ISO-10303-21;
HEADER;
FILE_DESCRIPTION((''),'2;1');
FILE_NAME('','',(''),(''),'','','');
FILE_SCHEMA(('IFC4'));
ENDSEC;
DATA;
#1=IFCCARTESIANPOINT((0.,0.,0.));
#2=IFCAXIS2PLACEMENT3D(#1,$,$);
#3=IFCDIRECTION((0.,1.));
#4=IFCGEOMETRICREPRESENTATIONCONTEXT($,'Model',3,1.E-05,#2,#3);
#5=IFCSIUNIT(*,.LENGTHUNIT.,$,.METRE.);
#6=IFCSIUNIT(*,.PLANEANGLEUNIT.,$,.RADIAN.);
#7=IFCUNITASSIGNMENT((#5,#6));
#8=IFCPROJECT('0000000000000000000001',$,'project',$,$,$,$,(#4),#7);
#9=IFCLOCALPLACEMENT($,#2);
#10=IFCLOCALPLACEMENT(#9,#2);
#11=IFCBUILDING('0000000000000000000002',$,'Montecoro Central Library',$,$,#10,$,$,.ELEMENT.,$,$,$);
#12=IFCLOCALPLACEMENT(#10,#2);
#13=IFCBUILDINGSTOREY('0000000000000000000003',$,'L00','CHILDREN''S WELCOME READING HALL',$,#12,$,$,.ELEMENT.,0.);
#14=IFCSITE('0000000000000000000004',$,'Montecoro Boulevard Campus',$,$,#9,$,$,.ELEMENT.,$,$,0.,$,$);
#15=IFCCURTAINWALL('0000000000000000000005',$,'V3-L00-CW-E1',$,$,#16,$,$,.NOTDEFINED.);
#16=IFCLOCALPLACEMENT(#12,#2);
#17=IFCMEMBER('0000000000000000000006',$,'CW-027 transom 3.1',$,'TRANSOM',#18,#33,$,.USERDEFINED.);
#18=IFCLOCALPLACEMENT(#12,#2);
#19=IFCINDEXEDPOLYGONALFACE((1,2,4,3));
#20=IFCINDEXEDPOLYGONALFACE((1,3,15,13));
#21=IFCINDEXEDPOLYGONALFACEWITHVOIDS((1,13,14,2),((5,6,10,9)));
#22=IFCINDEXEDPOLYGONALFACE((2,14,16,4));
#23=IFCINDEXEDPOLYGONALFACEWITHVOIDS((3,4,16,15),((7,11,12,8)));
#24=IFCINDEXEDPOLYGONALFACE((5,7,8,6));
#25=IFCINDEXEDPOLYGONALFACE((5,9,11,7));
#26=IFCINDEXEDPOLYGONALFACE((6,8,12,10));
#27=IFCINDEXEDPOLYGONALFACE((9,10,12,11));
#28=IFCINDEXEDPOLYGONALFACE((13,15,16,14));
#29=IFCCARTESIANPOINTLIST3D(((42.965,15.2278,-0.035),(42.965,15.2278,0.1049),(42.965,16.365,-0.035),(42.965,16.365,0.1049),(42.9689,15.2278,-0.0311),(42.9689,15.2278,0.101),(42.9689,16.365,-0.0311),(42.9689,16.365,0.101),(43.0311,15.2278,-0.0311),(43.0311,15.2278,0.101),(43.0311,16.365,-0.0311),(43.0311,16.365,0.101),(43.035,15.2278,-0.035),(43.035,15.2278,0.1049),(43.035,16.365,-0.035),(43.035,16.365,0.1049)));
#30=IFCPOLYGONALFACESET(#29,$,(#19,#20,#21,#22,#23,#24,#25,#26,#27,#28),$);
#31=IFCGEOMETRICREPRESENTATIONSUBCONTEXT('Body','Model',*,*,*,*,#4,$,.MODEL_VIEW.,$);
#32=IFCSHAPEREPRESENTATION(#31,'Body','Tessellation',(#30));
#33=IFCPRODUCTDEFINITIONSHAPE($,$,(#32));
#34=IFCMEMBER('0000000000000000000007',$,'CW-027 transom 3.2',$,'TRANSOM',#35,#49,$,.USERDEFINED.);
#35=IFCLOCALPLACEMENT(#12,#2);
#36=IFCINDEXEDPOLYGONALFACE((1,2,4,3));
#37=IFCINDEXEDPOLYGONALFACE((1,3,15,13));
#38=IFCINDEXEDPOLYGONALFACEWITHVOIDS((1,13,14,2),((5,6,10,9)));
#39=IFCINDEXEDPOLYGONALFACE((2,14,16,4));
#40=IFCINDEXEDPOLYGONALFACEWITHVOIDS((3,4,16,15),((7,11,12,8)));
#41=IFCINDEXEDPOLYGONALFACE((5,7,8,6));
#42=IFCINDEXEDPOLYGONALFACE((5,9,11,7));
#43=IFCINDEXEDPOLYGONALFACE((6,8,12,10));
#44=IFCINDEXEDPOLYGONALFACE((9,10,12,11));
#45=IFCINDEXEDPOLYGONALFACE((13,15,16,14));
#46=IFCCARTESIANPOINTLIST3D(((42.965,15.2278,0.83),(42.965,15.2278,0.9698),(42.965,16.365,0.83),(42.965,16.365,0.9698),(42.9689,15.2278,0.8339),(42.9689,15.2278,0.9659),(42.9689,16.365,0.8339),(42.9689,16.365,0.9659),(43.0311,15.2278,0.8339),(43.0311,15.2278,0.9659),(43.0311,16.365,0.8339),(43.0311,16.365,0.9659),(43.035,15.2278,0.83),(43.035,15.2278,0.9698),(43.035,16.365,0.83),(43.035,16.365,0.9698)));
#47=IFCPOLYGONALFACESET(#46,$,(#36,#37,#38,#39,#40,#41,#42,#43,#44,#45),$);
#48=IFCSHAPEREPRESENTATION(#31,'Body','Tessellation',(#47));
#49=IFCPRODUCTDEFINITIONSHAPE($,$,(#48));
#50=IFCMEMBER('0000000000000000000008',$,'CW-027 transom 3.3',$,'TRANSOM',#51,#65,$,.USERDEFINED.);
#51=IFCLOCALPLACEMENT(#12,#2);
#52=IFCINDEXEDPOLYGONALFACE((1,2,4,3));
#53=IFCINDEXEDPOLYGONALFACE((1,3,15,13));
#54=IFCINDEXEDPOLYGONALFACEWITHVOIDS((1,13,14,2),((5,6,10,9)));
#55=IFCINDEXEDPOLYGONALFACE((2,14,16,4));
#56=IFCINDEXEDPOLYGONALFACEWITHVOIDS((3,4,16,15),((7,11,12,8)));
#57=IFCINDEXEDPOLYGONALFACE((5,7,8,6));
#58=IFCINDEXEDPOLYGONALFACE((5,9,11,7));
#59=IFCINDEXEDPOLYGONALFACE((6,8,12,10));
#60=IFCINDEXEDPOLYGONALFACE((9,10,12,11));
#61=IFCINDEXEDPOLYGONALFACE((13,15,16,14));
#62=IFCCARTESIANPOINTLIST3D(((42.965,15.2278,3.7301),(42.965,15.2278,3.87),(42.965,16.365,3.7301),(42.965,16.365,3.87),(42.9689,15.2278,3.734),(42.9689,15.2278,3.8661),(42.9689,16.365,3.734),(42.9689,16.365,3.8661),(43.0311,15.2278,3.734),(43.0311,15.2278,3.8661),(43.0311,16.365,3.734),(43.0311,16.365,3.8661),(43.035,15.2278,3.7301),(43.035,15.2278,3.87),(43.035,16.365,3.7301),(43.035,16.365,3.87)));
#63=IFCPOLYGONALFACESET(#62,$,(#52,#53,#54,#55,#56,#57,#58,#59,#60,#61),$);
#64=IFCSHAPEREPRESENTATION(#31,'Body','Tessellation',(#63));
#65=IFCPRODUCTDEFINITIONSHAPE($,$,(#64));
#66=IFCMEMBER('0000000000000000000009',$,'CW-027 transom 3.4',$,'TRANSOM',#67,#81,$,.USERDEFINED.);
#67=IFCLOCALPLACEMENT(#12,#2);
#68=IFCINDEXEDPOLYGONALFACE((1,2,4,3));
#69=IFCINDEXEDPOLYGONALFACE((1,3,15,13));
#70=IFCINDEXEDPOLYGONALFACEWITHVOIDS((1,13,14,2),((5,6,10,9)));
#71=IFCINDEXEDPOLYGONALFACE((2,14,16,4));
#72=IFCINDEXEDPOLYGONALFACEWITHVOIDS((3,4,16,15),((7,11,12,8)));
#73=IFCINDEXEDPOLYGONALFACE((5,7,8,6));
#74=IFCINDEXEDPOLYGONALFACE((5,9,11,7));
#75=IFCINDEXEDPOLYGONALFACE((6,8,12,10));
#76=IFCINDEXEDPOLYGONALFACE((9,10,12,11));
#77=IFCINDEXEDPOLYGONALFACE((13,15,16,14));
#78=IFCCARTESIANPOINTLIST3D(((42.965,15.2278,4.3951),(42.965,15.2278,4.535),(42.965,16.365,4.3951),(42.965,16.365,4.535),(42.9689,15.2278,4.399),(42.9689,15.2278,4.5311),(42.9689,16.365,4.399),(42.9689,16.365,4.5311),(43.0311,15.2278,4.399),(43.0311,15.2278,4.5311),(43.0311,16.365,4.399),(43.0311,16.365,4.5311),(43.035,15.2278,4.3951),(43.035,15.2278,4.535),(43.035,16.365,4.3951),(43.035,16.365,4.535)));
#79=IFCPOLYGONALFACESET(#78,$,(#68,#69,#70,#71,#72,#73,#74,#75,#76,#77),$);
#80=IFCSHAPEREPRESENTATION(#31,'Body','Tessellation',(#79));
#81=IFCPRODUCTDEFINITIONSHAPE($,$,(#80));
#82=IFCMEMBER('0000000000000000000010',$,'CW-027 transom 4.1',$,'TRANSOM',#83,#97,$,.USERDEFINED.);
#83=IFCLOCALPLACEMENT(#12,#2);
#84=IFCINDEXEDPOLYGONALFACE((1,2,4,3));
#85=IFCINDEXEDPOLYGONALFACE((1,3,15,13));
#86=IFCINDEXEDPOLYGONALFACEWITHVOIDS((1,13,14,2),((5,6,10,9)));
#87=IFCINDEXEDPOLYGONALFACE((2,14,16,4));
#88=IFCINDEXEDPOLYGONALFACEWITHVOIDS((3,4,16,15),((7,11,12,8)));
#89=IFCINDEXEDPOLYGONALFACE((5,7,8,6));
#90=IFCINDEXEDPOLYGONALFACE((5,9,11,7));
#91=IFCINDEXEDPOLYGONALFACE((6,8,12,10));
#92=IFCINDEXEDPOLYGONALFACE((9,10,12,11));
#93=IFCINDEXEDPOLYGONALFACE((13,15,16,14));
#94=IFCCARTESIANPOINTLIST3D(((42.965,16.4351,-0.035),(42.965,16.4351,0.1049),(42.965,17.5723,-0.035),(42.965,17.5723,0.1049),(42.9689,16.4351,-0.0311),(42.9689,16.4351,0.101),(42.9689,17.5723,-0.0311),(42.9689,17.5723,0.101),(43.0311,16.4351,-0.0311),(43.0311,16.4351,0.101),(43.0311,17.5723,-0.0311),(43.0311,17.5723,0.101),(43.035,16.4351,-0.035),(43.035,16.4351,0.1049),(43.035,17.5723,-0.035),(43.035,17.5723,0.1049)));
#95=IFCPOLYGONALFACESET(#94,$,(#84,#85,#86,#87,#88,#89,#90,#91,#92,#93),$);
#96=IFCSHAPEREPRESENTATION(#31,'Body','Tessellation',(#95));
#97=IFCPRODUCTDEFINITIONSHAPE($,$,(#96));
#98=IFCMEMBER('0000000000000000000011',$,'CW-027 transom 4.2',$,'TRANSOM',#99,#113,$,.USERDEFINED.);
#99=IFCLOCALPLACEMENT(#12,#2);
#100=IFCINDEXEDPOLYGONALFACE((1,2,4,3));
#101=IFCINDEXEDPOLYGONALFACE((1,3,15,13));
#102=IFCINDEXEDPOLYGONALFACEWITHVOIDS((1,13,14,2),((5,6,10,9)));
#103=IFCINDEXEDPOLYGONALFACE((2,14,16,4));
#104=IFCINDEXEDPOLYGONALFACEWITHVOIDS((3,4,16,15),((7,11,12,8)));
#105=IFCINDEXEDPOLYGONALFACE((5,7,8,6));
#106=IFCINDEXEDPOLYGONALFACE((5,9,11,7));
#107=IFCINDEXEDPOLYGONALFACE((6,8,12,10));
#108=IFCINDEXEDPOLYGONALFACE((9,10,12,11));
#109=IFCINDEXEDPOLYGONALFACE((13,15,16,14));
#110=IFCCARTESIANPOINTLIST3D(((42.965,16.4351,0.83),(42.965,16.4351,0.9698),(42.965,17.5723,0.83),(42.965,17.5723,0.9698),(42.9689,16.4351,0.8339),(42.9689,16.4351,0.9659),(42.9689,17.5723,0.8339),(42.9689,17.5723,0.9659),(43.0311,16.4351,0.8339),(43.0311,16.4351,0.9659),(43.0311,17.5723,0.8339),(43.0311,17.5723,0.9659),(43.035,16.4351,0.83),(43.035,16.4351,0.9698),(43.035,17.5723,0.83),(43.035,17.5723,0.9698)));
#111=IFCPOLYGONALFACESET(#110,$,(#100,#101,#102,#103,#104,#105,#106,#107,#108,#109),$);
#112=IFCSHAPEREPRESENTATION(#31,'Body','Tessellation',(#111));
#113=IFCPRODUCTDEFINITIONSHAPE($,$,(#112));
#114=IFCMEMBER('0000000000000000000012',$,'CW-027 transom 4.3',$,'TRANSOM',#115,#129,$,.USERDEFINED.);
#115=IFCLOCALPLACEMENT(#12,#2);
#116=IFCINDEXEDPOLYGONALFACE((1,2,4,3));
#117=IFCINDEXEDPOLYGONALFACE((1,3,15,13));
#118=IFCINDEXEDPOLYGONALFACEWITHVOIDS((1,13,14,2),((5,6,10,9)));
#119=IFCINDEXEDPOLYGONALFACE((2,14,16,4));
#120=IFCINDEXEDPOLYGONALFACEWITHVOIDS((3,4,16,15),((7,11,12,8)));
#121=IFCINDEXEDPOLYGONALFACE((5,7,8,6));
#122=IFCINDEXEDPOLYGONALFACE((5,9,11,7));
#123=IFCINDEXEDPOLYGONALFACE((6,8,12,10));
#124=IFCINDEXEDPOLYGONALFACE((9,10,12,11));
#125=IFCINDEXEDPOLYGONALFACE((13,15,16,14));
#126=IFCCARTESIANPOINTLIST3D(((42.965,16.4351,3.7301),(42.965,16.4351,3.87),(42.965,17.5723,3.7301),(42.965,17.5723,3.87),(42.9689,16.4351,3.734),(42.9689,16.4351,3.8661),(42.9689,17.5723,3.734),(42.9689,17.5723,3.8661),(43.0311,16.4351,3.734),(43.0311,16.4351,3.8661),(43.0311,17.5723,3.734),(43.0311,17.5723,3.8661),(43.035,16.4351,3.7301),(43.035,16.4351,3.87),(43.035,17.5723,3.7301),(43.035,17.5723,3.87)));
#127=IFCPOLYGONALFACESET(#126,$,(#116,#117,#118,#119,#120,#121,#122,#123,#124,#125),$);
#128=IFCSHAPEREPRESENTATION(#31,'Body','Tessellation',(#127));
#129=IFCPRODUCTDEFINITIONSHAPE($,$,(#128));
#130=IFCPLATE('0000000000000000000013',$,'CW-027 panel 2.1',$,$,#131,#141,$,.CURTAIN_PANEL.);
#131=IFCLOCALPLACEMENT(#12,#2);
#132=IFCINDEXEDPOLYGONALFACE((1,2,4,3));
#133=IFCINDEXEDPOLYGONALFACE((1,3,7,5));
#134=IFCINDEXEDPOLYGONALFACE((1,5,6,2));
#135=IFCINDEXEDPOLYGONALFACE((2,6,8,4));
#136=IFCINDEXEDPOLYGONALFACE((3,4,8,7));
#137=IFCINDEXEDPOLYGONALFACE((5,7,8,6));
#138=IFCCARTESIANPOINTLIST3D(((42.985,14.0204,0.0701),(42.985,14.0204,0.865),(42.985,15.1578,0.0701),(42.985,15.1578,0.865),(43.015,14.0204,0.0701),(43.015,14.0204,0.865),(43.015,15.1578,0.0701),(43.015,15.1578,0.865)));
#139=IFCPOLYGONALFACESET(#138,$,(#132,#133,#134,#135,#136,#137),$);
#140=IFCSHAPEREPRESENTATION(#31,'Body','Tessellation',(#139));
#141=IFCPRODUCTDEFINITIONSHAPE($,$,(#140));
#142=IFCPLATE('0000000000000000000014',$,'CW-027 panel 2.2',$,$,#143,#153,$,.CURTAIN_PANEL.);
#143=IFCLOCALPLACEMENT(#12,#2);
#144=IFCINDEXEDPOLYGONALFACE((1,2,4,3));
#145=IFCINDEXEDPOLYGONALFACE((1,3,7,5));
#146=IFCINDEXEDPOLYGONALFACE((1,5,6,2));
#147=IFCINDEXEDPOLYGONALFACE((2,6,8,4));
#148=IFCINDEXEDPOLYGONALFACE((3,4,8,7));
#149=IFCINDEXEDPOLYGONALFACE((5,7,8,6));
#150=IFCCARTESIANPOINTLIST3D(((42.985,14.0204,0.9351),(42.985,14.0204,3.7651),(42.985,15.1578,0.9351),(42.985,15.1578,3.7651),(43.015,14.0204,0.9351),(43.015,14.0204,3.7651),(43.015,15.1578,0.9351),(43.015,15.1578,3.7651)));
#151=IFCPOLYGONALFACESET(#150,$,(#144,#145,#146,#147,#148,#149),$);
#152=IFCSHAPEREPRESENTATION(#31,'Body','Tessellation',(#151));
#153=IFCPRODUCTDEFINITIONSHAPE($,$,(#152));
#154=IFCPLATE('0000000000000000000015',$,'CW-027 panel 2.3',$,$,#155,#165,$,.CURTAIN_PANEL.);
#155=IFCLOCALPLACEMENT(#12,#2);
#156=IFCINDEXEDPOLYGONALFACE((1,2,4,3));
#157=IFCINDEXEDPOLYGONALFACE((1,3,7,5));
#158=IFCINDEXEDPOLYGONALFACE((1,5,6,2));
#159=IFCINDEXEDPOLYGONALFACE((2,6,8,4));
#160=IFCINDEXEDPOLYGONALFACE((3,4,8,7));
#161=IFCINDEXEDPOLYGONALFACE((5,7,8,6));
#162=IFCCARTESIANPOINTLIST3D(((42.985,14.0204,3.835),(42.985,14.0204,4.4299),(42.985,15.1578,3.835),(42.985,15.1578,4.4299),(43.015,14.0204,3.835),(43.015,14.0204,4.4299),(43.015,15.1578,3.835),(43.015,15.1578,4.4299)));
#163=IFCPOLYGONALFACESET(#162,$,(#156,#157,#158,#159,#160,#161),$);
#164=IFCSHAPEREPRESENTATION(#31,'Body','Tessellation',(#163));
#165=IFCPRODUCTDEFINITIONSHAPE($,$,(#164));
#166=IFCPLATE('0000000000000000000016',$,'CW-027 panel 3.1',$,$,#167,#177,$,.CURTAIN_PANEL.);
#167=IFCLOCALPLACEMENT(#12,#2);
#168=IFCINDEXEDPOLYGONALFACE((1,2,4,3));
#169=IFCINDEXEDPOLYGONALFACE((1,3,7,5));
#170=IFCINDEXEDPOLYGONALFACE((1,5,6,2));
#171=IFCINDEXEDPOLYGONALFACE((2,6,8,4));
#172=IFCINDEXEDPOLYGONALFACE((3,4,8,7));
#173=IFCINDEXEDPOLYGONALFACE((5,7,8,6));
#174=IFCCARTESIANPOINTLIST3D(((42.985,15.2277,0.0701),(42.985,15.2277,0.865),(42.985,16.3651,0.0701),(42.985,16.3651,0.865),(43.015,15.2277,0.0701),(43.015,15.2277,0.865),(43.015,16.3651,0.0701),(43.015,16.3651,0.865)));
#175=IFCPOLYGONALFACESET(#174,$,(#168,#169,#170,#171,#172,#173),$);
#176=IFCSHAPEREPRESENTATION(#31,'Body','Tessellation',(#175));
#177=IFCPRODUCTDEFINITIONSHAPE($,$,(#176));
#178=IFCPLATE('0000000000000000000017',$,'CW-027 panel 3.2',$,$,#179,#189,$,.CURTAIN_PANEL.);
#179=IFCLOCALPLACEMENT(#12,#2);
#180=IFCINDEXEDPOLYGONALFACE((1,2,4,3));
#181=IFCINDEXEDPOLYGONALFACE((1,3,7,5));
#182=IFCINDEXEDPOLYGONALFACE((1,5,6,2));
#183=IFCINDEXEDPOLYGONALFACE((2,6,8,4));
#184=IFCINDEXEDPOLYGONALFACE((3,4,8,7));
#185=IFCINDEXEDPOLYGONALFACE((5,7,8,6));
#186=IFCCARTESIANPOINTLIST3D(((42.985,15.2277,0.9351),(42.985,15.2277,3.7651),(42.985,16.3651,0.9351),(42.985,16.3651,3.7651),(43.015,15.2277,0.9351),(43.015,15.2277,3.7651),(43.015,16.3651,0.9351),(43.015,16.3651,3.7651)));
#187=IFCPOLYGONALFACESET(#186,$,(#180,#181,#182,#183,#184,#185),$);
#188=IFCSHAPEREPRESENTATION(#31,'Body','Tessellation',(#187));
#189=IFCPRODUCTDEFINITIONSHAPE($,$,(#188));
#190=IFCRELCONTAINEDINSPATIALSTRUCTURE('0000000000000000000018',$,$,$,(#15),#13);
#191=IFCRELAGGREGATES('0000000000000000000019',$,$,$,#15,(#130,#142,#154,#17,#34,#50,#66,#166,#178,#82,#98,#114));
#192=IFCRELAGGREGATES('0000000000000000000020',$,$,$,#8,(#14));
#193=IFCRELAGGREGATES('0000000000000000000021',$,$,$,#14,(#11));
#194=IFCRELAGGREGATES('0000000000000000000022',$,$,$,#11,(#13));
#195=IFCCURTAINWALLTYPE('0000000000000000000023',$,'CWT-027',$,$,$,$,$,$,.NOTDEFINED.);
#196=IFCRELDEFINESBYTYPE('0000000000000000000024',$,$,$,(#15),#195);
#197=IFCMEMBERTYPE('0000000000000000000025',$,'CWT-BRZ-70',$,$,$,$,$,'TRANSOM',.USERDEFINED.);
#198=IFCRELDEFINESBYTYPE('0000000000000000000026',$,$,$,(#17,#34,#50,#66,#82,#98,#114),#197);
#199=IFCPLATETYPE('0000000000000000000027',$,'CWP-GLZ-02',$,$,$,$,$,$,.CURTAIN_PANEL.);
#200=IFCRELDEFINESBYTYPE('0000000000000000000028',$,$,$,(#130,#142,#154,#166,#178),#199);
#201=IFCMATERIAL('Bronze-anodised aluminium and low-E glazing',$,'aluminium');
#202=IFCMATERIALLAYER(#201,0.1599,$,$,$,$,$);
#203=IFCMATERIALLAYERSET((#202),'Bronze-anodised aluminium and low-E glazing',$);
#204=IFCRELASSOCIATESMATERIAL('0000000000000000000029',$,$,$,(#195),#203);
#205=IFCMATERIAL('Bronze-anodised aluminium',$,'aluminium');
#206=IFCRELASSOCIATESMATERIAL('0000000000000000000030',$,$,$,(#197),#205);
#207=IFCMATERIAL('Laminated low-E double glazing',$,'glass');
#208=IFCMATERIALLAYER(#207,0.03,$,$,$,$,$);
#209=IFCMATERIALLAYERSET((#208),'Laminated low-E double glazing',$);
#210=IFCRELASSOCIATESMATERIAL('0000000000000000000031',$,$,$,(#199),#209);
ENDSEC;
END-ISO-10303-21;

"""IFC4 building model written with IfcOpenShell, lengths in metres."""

from ifc_helpers import new_model, si_unit, direction, frame, origin, origin_2d, place, context, subcontext, project, spatial, rectangle, hollow_rectangle, extrude, material, layer, layer_set, material_profile, profile_set, type_object, element, aggregate, save


model = new_model("IFC4")

# Units and contexts
model_context = context("Model", 3, precision=1e-05, world=origin(), true_north=direction((0.0, 1.0)))
body_context = subcontext(model_context, "Body", "Model", "MODEL_VIEW")
ifc_project = project(units=[si_unit("LENGTHUNIT", "METRE"), si_unit("PLANEANGLEUNIT", "RADIAN")], contexts=[model_context])

# Site, building, storey
site_placement = place(None, origin())
site = spatial("IfcSite", under=ifc_project, at=site_placement, Name="Montecoro Boulevard Campus", CompositionType="ELEMENT", RefElevation=0.0)
building_placement = place(site_placement, origin())
building = spatial("IfcBuilding", under=site, at=building_placement, Name="Montecoro Central Library", CompositionType="ELEMENT")
storey_placement = place(building_placement, origin())
storey = spatial("IfcBuildingStorey", under=building, at=storey_placement, Name="L00", Description="CHILDREN'S WELCOME READING HALL", CompositionType="ELEMENT", Elevation=0.0)

# Curtain wall, members, plates
ifc_material_1 = material(Name="Bronze-anodised aluminium and low-E glazing", Category="aluminium")
ifc_layer_1 = layer(ifc_material_1, 0.1599)
ifc_layer_set_1 = layer_set([ifc_layer_1], Name="Bronze-anodised aluminium and low-E glazing")
curtain_wall_type = type_object("IfcCurtainWallType", Name="CWT-027", PredefinedType="NOTDEFINED", material=ifc_layer_set_1)
curtain_wall_placement = place(storey_placement, origin())
curtain_wall = element("IfcCurtainWall", 1, at=curtain_wall_placement, inside=storey, type_object=curtain_wall_type, Name="V3-L00-CW-E1", PredefinedType="NOTDEFINED")
ifc_material_2 = material(Name="Bronze-anodised aluminium", Category="aluminium")
ifc_material_profile_1 = material_profile(ifc_material_2, hollow_rectangle(XDim=0.0701, YDim=0.1399, WallThickness=0.0039, at=origin_2d()), Name="CWT 140x70x4.0")
ifc_profile_set_1 = profile_set([ifc_material_profile_1], Name="Bronze-anodised aluminium")
member_type_1 = type_object("IfcMemberType", Name="CWT-BRZ-70", ElementType="TRANSOM", PredefinedType="USERDEFINED", material=ifc_profile_set_1)
member_1_placement = place(storey_placement, frame((43.0, 15.2278, 0.0349), z_axis=(0.0, 1.0, 0.0), x_axis=(-1.0, 0.0, 0.0)))
member_1 = element("IfcMember", 2, at=member_1_placement, type_object=member_type_1, Name="CW-027 transom 3.1", ObjectType="TRANSOM", PredefinedType="USERDEFINED", context=body_context, shape_type="SweptSolid", body=[
    extrude(hollow_rectangle(XDim=0.0701, YDim=0.1399, WallThickness=0.0039, at=origin_2d()), origin(), (0.0, 0.0, 1.0), 1.1372),
])
member_2_placement = place(storey_placement, frame((43.0, 15.2278, 0.8999), z_axis=(0.0, 1.0, 0.0), x_axis=(-1.0, 0.0, 0.0)))
member_2 = element("IfcMember", 3, at=member_2_placement, type_object=member_type_1, Name="CW-027 transom 3.2", ObjectType="TRANSOM", PredefinedType="USERDEFINED", context=body_context, shape_type="SweptSolid", body=[
    extrude(hollow_rectangle(XDim=0.0701, YDim=0.1399, WallThickness=0.0039, at=origin_2d()), origin(), (0.0, 0.0, 1.0), 1.1372),
])
member_3_placement = place(storey_placement, frame((43.0, 15.2278, 3.8), z_axis=(0.0, 1.0, 0.0), x_axis=(-1.0, 0.0, 0.0)))
member_3 = element("IfcMember", 4, at=member_3_placement, type_object=member_type_1, Name="CW-027 transom 3.3", ObjectType="TRANSOM", PredefinedType="USERDEFINED", context=body_context, shape_type="SweptSolid", body=[
    extrude(hollow_rectangle(XDim=0.0701, YDim=0.1399, WallThickness=0.0039, at=origin_2d()), origin(), (0.0, 0.0, 1.0), 1.1372),
])
member_4_placement = place(storey_placement, frame((43.0, 15.2278, 4.4651), z_axis=(0.0, 1.0, 0.0), x_axis=(-1.0, 0.0, 0.0)))
member_4 = element("IfcMember", 5, at=member_4_placement, type_object=member_type_1, Name="CW-027 transom 3.4", ObjectType="TRANSOM", PredefinedType="USERDEFINED", context=body_context, shape_type="SweptSolid", body=[
    extrude(hollow_rectangle(XDim=0.0701, YDim=0.1399, WallThickness=0.0039, at=origin_2d()), origin(), (0.0, 0.0, 1.0), 1.1372),
])
member_5_placement = place(storey_placement, frame((43.0, 16.4351, 0.0349), z_axis=(0.0, 1.0, 0.0), x_axis=(-1.0, 0.0, 0.0)))
member_5 = element("IfcMember", 6, at=member_5_placement, type_object=member_type_1, Name="CW-027 transom 4.1", ObjectType="TRANSOM", PredefinedType="USERDEFINED", context=body_context, shape_type="SweptSolid", body=[
    extrude(hollow_rectangle(XDim=0.0701, YDim=0.1399, WallThickness=0.0039, at=origin_2d()), origin(), (0.0, 0.0, 1.0), 1.1372),
])
member_6_placement = place(storey_placement, frame((43.0, 16.4351, 0.8999), z_axis=(0.0, 1.0, 0.0), x_axis=(-1.0, 0.0, 0.0)))
member_6 = element("IfcMember", 7, at=member_6_placement, type_object=member_type_1, Name="CW-027 transom 4.2", ObjectType="TRANSOM", PredefinedType="USERDEFINED", context=body_context, shape_type="SweptSolid", body=[
    extrude(hollow_rectangle(XDim=0.0701, YDim=0.1399, WallThickness=0.0039, at=origin_2d()), origin(), (0.0, 0.0, 1.0), 1.1372),
])
member_7_placement = place(storey_placement, frame((43.0, 16.4351, 3.8), z_axis=(0.0, 1.0, 0.0), x_axis=(-1.0, 0.0, 0.0)))
member_7 = element("IfcMember", 8, at=member_7_placement, type_object=member_type_1, Name="CW-027 transom 4.3", ObjectType="TRANSOM", PredefinedType="USERDEFINED", context=body_context, shape_type="SweptSolid", body=[
    extrude(hollow_rectangle(XDim=0.0701, YDim=0.1399, WallThickness=0.0039, at=origin_2d()), origin(), (0.0, 0.0, 1.0), 1.1372),
])
ifc_material_3 = material(Name="Laminated low-E double glazing", Category="glass")
ifc_layer_2 = layer(ifc_material_3, 0.03)
ifc_layer_set_2 = layer_set([ifc_layer_2], Name="Laminated low-E double glazing")
plate_type = type_object("IfcPlateType", Name="CWP-GLZ-02", PredefinedType="CURTAIN_PANEL", material=ifc_layer_set_2)
plate_1_placement = place(storey_placement, frame((43.0, 14.5891, 0.0701), z_axis=(0.0, 0.0, 1.0), x_axis=(0.0, 1.0, 0.0)))
plate_1 = element("IfcPlate", 9, at=plate_1_placement, type_object=plate_type, Name="CW-027 panel 2.1", PredefinedType="CURTAIN_PANEL", context=body_context, shape_type="SweptSolid", body=[
    extrude(rectangle(XDim=1.1375, YDim=0.03, at=origin_2d()), origin(), (0.0, 0.0, 1.0), 0.7949),
])
plate_2_placement = place(storey_placement, frame((43.0, 14.5891, 0.9351), z_axis=(0.0, 0.0, 1.0), x_axis=(0.0, 1.0, 0.0)))
plate_2 = element("IfcPlate", 10, at=plate_2_placement, type_object=plate_type, Name="CW-027 panel 2.2", PredefinedType="CURTAIN_PANEL", context=body_context, shape_type="SweptSolid", body=[
    extrude(rectangle(XDim=1.1375, YDim=0.03, at=origin_2d()), origin(), (0.0, 0.0, 1.0), 2.8301),
])
plate_3_placement = place(storey_placement, frame((43.0, 14.5891, 3.835), z_axis=(0.0, 0.0, 1.0), x_axis=(0.0, 1.0, 0.0)))
plate_3 = element("IfcPlate", 11, at=plate_3_placement, type_object=plate_type, Name="CW-027 panel 2.3", PredefinedType="CURTAIN_PANEL", context=body_context, shape_type="SweptSolid", body=[
    extrude(rectangle(XDim=1.1375, YDim=0.03, at=origin_2d()), origin(), (0.0, 0.0, 1.0), 0.595),
])
plate_4_placement = place(storey_placement, frame((43.0, 15.7964, 0.0701), z_axis=(0.0, 0.0, 1.0), x_axis=(0.0, 1.0, 0.0)))
plate_4 = element("IfcPlate", 12, at=plate_4_placement, type_object=plate_type, Name="CW-027 panel 3.1", PredefinedType="CURTAIN_PANEL", context=body_context, shape_type="SweptSolid", body=[
    extrude(rectangle(XDim=1.1375, YDim=0.03, at=origin_2d()), origin(), (0.0, 0.0, 1.0), 0.7949),
])
plate_5_placement = place(storey_placement, frame((43.0, 15.7964, 0.9351), z_axis=(0.0, 0.0, 1.0), x_axis=(0.0, 1.0, 0.0)))
plate_5 = element("IfcPlate", 13, at=plate_5_placement, type_object=plate_type, Name="CW-027 panel 3.2", PredefinedType="CURTAIN_PANEL", context=body_context, shape_type="SweptSolid", body=[
    extrude(rectangle(XDim=1.1375, YDim=0.03, at=origin_2d()), origin(), (0.0, 0.0, 1.0), 2.8301),
])
aggregate(curtain_wall, [plate_1, plate_2, plate_3, member_1, member_2, member_3, member_4, plate_4, plate_5, member_5, member_6, member_7])

save(model, "model.ifc")
